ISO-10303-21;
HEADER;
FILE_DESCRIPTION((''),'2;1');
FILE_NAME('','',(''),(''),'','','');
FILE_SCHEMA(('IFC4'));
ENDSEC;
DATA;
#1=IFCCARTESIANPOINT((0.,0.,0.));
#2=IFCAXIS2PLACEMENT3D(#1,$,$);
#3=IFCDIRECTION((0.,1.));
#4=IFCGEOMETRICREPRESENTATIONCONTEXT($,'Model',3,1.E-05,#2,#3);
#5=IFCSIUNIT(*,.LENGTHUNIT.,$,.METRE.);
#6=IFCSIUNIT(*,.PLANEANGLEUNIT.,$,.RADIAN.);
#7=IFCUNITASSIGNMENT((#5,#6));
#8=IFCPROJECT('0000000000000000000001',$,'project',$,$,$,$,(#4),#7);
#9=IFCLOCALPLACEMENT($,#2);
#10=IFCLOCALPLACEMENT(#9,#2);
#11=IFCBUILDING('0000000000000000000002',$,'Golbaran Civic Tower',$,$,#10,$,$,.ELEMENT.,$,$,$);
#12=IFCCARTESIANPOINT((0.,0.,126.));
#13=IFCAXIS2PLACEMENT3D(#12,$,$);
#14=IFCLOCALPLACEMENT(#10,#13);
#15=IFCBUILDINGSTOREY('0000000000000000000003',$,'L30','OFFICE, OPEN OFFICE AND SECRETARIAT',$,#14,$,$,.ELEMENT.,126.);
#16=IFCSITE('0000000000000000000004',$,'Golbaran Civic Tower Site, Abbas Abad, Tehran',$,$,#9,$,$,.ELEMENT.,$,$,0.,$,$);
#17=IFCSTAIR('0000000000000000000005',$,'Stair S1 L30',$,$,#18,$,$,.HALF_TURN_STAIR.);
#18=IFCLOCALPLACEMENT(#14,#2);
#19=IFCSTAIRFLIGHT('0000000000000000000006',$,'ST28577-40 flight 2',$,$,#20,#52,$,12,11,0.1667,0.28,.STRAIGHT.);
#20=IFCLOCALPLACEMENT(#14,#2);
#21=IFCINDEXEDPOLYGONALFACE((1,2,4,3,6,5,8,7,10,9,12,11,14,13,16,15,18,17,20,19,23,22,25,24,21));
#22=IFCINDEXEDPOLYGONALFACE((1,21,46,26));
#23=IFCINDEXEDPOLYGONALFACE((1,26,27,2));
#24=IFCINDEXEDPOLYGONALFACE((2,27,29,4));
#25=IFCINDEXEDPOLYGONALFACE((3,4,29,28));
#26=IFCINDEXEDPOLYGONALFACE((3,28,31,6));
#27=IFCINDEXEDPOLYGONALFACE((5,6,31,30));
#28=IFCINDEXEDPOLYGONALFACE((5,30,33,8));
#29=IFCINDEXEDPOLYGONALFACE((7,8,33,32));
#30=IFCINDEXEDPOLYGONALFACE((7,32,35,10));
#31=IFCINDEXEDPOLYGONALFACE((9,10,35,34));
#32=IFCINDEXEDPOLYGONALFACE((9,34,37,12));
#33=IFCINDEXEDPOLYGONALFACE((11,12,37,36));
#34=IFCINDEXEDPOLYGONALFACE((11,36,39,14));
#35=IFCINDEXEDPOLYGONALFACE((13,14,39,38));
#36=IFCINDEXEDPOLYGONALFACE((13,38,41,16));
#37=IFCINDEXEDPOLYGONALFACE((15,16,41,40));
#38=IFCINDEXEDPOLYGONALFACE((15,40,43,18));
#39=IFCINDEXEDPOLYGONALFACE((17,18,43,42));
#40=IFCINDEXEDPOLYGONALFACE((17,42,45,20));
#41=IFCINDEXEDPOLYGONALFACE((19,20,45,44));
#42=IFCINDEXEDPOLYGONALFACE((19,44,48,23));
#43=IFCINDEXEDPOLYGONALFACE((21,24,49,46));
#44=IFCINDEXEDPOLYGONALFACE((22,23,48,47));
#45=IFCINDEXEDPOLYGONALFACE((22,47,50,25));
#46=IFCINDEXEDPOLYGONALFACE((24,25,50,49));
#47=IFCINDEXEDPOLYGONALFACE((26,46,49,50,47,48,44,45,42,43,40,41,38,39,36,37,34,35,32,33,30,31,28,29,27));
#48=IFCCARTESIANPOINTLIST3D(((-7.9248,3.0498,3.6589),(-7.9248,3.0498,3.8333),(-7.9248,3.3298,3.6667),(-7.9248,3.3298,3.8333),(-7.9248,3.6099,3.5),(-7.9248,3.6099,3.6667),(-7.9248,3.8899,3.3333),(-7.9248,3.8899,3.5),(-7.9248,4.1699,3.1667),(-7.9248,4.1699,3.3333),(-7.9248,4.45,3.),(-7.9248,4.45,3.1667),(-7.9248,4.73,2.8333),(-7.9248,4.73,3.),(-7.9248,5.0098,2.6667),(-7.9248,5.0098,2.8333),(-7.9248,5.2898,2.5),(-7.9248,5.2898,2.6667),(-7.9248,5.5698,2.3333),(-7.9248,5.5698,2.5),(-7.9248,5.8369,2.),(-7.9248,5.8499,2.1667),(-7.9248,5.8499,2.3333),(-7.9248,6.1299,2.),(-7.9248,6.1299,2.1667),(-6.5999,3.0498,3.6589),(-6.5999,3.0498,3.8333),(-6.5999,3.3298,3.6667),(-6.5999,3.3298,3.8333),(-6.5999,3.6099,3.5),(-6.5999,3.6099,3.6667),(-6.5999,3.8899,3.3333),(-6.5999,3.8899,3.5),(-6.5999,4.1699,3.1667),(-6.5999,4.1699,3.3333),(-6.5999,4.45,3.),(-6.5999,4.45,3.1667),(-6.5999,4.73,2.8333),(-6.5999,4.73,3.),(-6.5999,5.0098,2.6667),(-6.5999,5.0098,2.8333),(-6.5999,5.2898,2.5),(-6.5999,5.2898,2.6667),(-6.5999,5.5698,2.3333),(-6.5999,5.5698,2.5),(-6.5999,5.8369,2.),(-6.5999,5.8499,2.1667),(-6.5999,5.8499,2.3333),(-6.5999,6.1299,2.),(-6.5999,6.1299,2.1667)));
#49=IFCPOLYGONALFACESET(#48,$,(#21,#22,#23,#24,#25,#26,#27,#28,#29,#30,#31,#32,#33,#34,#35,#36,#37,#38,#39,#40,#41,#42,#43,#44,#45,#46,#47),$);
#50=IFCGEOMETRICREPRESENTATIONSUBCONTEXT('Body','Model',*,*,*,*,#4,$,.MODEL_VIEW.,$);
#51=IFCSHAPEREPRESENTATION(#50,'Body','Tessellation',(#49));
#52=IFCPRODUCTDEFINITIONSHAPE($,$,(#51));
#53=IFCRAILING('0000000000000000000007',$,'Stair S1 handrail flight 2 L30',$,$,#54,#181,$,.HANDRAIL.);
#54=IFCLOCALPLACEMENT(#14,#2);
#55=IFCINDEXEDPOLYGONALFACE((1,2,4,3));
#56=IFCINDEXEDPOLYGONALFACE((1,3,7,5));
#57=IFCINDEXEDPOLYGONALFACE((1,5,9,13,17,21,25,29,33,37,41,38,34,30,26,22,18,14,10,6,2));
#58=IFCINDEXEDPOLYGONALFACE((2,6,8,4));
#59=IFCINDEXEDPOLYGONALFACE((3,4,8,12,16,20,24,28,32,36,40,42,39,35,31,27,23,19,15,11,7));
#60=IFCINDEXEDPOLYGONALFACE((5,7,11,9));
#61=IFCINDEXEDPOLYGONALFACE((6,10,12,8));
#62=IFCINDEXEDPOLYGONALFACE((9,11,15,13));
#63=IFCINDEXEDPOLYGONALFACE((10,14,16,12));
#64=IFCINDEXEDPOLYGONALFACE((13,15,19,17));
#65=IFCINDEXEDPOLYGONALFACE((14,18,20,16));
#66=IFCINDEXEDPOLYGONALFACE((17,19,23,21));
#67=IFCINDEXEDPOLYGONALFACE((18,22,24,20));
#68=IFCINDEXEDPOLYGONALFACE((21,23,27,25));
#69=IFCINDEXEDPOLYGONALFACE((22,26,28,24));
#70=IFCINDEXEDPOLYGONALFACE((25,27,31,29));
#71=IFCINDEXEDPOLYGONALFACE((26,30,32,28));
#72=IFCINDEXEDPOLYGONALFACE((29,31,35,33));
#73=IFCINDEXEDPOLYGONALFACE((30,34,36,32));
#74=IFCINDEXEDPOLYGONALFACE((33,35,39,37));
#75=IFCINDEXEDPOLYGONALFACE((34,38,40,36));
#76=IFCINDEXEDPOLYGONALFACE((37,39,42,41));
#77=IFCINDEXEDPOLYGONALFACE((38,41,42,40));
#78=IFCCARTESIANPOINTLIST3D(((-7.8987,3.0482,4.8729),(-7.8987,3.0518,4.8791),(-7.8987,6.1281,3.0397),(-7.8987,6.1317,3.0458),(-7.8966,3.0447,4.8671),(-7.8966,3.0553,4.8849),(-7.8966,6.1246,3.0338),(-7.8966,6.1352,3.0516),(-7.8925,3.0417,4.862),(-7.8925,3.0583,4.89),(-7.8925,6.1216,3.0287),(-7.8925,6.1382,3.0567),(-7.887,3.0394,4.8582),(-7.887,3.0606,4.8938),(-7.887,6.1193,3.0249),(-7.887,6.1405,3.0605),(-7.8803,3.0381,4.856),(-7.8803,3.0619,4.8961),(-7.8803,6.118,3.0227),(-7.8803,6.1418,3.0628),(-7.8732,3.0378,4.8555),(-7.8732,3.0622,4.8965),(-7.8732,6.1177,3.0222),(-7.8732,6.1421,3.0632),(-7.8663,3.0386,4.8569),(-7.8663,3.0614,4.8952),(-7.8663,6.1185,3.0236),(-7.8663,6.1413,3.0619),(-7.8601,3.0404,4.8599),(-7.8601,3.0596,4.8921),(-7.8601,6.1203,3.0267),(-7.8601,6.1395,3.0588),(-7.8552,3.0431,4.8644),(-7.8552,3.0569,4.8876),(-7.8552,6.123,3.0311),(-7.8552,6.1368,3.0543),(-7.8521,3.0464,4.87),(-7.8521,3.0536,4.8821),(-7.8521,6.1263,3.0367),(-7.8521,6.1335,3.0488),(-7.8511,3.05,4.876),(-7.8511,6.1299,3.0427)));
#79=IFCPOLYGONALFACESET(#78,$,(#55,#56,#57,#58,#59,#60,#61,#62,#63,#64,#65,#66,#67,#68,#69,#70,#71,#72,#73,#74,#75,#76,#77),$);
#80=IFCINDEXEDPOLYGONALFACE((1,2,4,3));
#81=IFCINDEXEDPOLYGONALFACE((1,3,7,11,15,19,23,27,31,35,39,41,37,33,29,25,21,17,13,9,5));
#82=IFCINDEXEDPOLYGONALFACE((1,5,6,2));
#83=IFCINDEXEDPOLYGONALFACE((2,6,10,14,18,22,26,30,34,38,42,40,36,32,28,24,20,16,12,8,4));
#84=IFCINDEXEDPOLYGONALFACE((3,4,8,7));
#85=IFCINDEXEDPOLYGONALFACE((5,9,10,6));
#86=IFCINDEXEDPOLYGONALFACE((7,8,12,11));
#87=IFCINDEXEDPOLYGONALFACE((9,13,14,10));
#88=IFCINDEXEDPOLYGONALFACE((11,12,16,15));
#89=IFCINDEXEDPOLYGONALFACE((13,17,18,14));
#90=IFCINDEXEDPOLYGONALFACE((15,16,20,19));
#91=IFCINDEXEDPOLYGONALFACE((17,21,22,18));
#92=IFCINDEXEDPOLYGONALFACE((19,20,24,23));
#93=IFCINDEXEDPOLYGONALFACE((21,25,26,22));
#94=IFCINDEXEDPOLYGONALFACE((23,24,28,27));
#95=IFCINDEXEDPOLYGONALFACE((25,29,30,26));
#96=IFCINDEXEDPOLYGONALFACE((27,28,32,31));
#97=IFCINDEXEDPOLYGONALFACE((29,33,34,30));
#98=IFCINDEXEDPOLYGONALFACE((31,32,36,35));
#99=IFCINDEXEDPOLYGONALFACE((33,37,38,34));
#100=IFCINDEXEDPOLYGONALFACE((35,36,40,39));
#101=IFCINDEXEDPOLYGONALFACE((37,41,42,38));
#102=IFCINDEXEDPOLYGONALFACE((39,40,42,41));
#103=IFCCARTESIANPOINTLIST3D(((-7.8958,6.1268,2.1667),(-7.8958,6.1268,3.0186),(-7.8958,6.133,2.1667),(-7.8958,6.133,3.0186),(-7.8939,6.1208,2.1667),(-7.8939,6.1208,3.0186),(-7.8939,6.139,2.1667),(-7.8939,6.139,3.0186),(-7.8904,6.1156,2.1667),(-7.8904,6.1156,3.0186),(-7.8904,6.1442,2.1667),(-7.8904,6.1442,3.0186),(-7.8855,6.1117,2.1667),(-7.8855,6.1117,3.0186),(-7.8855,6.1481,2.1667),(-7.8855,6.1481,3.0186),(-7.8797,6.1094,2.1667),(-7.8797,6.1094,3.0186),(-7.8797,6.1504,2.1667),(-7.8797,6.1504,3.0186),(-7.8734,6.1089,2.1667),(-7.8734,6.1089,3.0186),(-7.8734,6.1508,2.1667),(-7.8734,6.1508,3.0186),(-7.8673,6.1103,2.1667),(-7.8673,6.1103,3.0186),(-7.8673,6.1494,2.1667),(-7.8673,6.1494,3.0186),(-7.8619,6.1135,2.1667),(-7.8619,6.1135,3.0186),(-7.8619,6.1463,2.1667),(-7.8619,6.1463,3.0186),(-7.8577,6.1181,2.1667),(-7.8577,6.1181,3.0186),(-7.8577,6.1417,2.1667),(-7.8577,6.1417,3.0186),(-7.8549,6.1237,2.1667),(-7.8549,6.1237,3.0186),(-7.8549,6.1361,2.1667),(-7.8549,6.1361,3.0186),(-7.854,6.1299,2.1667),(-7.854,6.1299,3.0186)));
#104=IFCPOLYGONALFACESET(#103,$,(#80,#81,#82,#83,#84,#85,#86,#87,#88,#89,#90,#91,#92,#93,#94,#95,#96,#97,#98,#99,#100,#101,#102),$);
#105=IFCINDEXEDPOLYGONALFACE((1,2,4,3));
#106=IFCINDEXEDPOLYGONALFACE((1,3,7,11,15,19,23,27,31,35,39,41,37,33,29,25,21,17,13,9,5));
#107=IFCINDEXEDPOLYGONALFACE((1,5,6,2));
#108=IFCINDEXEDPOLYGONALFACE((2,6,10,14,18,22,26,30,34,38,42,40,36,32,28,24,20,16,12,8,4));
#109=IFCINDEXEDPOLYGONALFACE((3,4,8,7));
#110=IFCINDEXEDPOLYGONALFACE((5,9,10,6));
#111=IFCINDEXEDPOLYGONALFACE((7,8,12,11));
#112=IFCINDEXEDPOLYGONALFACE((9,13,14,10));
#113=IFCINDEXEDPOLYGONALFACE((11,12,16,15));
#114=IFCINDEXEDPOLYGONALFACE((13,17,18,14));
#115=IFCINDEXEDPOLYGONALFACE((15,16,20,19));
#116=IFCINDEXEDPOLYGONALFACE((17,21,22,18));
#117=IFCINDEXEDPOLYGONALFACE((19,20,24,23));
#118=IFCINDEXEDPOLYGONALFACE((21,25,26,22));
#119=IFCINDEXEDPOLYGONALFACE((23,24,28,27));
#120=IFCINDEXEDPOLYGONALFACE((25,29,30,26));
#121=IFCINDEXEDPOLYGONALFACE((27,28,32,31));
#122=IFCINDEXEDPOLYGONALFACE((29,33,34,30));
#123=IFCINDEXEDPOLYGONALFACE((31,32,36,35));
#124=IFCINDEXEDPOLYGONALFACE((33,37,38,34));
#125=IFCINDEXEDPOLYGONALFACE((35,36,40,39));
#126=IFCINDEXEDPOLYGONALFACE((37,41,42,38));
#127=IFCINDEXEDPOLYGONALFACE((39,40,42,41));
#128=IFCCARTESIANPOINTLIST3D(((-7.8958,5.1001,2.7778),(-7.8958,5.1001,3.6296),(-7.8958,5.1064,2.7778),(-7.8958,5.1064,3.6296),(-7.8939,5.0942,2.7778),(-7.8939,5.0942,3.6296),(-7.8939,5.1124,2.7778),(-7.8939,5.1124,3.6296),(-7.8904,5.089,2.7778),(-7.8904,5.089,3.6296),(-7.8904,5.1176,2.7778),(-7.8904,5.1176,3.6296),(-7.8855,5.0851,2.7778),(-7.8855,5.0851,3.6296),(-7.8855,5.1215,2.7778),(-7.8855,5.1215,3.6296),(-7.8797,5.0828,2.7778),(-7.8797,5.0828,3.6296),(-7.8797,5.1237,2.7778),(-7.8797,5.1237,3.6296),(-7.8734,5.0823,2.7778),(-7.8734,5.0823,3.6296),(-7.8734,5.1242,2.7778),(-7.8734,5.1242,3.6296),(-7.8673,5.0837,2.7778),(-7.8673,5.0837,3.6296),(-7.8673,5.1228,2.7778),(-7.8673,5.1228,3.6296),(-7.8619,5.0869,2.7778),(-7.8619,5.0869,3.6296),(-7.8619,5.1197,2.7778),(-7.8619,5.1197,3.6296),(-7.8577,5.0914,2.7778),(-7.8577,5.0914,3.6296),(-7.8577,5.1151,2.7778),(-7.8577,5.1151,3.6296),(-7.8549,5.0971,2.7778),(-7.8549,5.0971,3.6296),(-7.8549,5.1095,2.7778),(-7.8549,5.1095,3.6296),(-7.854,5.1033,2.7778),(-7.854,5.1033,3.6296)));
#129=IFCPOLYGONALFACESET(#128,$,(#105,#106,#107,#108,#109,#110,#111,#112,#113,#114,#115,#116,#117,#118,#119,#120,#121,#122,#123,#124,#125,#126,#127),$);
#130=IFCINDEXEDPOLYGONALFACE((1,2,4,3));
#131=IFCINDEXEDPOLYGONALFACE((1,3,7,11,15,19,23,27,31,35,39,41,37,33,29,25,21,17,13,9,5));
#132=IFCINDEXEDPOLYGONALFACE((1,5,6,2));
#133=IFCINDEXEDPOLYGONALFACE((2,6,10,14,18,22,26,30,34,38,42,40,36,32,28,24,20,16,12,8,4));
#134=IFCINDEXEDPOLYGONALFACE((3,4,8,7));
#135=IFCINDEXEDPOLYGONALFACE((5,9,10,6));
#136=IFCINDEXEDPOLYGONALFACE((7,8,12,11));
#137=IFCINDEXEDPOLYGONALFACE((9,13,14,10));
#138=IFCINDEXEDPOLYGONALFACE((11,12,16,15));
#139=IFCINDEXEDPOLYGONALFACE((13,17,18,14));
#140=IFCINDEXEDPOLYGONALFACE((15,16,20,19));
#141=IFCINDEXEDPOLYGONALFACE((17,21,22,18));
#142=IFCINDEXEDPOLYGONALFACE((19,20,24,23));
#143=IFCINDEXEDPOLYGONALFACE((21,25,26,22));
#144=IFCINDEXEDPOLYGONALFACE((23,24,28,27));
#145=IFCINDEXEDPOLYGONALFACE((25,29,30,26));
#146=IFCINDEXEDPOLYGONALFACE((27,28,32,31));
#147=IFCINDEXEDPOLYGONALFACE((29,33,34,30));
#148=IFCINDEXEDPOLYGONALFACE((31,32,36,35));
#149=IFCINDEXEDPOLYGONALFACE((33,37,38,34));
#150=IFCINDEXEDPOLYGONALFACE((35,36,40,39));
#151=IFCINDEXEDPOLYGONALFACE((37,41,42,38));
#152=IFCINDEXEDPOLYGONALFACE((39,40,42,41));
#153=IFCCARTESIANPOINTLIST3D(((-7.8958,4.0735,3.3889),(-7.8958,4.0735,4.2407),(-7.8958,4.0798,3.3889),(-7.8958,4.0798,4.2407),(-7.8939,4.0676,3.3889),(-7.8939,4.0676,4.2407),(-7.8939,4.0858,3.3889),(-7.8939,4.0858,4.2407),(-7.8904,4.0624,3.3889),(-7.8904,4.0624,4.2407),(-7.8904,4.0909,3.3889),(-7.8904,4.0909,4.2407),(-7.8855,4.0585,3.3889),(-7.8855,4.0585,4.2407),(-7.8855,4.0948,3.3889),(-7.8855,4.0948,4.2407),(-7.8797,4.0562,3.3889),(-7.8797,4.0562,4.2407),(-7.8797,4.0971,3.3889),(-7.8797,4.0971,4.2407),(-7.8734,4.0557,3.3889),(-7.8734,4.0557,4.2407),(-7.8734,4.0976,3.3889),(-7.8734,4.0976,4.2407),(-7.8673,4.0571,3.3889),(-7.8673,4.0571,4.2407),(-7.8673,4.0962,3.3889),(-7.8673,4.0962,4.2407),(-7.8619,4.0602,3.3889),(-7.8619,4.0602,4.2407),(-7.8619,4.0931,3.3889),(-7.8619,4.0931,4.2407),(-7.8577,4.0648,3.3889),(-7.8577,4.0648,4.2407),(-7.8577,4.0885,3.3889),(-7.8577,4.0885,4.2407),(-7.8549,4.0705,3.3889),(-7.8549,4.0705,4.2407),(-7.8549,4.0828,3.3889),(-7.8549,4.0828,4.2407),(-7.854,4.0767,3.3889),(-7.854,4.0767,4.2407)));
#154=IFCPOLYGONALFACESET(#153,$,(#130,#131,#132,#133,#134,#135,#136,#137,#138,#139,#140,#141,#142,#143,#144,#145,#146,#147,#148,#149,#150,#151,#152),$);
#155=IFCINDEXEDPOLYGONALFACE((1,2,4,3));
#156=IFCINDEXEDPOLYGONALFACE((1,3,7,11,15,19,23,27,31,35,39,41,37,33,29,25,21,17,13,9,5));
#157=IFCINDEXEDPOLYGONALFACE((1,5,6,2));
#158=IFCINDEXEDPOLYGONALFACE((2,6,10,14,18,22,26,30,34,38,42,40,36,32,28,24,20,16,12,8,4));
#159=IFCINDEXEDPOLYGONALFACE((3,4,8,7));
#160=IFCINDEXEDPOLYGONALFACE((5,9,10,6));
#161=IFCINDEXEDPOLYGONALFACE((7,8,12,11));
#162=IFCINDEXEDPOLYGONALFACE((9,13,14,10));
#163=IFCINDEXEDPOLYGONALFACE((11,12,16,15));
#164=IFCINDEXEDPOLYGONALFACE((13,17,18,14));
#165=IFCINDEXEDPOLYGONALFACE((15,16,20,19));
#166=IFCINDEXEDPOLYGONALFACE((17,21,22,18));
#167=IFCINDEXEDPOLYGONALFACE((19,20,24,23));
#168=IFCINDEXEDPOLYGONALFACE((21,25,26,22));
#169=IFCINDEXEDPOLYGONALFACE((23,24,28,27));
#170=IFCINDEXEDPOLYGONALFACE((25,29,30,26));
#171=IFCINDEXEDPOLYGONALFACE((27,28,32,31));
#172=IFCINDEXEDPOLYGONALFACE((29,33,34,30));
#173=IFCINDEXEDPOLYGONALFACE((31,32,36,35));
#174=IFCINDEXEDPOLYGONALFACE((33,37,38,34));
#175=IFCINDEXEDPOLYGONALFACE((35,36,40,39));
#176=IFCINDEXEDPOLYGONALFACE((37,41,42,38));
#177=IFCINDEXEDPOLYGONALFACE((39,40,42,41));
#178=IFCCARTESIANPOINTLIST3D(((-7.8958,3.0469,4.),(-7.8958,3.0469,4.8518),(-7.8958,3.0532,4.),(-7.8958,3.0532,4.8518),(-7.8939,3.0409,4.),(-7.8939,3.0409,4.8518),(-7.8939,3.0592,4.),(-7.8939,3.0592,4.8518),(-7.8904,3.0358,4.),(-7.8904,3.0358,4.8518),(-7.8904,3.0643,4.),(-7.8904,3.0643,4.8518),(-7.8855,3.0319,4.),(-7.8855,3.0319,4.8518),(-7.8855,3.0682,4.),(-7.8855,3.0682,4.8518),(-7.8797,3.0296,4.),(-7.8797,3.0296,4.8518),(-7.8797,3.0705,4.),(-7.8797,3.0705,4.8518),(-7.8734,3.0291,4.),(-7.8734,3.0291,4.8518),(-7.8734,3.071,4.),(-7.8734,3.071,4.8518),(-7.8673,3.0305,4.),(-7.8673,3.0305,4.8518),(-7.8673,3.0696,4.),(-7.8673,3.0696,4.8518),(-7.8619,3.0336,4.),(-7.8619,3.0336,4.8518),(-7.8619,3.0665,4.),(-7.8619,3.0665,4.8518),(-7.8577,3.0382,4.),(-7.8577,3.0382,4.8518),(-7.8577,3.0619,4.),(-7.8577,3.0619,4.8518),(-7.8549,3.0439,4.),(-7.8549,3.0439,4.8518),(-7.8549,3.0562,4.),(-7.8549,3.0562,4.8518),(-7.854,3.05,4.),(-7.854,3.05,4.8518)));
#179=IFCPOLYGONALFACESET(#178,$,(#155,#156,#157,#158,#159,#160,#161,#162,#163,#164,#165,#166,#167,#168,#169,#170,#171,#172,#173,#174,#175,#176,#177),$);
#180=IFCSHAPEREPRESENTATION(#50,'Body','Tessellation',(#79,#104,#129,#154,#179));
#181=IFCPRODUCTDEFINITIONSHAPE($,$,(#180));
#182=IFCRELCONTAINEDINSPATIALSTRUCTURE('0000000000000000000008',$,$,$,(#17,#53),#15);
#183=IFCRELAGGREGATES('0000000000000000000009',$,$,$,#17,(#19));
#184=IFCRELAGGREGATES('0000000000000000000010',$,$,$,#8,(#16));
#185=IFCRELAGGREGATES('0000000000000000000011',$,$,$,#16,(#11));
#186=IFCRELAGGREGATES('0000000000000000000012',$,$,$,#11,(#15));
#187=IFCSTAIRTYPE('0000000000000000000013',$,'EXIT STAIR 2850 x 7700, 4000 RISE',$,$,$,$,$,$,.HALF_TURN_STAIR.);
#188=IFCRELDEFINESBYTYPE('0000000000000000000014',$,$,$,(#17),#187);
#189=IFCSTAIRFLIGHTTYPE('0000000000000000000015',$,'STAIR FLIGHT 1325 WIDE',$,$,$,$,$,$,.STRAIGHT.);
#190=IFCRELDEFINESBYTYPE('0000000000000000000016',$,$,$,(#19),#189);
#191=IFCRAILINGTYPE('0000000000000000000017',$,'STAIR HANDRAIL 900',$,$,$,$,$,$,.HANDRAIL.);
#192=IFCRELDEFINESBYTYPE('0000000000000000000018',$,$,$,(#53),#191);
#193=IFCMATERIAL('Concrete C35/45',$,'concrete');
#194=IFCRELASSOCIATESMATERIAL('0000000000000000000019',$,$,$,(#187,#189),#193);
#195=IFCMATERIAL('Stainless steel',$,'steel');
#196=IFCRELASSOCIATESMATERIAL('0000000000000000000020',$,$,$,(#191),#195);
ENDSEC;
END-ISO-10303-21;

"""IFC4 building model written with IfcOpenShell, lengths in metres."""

from ifc_helpers import new_model, si_unit, direction, frame, origin, origin_2d, place, context, subcontext, project, spatial, polyline, circle, outline, extrude, material, type_object, element, aggregate, save


model = new_model("IFC4")

# Units and contexts
model_context = context("Model", 3, precision=1e-05, world=origin(), true_north=direction((0.0, 1.0)))
body_context = subcontext(model_context, "Body", "Model", "MODEL_VIEW")
ifc_project = project(units=[si_unit("LENGTHUNIT", "METRE"), si_unit("PLANEANGLEUNIT", "RADIAN")], contexts=[model_context])

# Site, building, storey
site_placement = place(None, origin())
site = spatial("IfcSite", under=ifc_project, at=site_placement, Name="Golbaran Civic Tower Site, Abbas Abad, Tehran", CompositionType="ELEMENT", RefElevation=0.0)
building_placement = place(site_placement, origin())
building = spatial("IfcBuilding", under=site, at=building_placement, Name="Golbaran Civic Tower", CompositionType="ELEMENT")
storey_placement = place(building_placement, frame((0.0, 0.0, 126.0)))
storey = spatial("IfcBuildingStorey", under=building, at=storey_placement, Name="L30", Description="OFFICE, OPEN OFFICE AND SECRETARIAT", CompositionType="ELEMENT", Elevation=126.0)

# Shared definitions
ifc_material_1 = material(Name="Concrete C35/45", Category="concrete")

# Stair
stair_type = type_object("IfcStairType", Name="EXIT STAIR 2850 x 7700, 4000 RISE", PredefinedType="HALF_TURN_STAIR", material=ifc_material_1)
stair_placement = place(storey_placement, origin())
stair = element("IfcStair", 1, at=stair_placement, inside=storey, type_object=stair_type, Name="Stair S1 L30", PredefinedType="HALF_TURN_STAIR")

# Shared definitions
ifc_material_2 = material(Name="Stainless steel", Category="steel")

# Stair flight
stair_flight_type = type_object("IfcStairFlightType", Name="STAIR FLIGHT 1325 WIDE", PredefinedType="STRAIGHT", material=ifc_material_1)
stair_flight_placement = place(storey_placement, frame((-7.2625, 6.1299, 2.0), z_axis=(0.0, 0.0, 1.0), x_axis=(0.0, -1.0, 0.0)))
stair_flight = element("IfcStairFlight", 2, at=stair_flight_placement, type_object=stair_flight_type, Name="ST28577-40 flight 2", NumberOfRisers=12, NumberOfTreads=11, PredefinedType="STRAIGHT", RiserHeight=0.1667, TreadLength=0.28, context=body_context, shape_type="SweptSolid", body=[
    extrude(outline(polyline([(0.0, 0.0), (0.0, 0.1667), (0.28, 0.1667), (0.28, 0.3333), (0.5601, 0.3333), (0.5601, 0.5), (0.8401, 0.5), (0.8401, 0.6667), (1.1201, 0.6667), (1.1201, 0.8333), (1.3999, 0.8333), (1.3999, 1.0), (1.6799, 1.0), (1.6799, 1.1667), (1.96, 1.1667), (1.96, 1.3333), (2.24, 1.3333), (2.24, 1.5), (2.52, 1.5), (2.52, 1.6667), (2.8, 1.6667), (2.8, 1.8333), (3.0801, 1.8333), (3.0801, 2.0), (3.0801, 1.6589), (0.293, 0.0), (0.0, 0.0)])), frame((0.0, 0.6626, 0.0), z_axis=(0.0, -1.0, 0.0), x_axis=(1.0, 0.0, 0.0)), (0.0, 0.0, 1.0), 1.325),
])
aggregate(stair, [stair_flight])

# Railing
railing_type = type_object("IfcRailingType", Name="STAIR HANDRAIL 900", PredefinedType="HANDRAIL", material=ifc_material_2)
railing_placement = place(storey_placement, frame((-7.875, 6.1299, 2.1667)))
element("IfcRailing", 3, at=railing_placement, inside=storey, type_object=railing_type, Name="Stair S1 handrail flight 2 L30", PredefinedType="HANDRAIL", context=body_context, shape_type="SweptSolid", body=[
    extrude(circle(Radius=0.0239, at=origin_2d()), frame((0.0, 0.0, 0.876), z_axis=(0.0, -0.859291, 0.511487), x_axis=(1.0, 0.0, 0.0)), (0.0, 0.0, 1.0), 3.5842),
    extrude(circle(Radius=0.021, at=origin_2d()), origin(), (0.0, 0.0, 1.0), 0.8518),
    extrude(circle(Radius=0.021, at=origin_2d()), frame((0.0, -1.0266, 0.6111)), (0.0, 0.0, 1.0), 0.8518),
    extrude(circle(Radius=0.021, at=origin_2d()), frame((0.0, -2.0532, 1.2222)), (0.0, 0.0, 1.0), 0.8518),
    extrude(circle(Radius=0.021, at=origin_2d()), frame((0.0, -3.0798, 1.8333)), (0.0, 0.0, 1.0), 0.8518),
])

save(model, "model.ifc")
